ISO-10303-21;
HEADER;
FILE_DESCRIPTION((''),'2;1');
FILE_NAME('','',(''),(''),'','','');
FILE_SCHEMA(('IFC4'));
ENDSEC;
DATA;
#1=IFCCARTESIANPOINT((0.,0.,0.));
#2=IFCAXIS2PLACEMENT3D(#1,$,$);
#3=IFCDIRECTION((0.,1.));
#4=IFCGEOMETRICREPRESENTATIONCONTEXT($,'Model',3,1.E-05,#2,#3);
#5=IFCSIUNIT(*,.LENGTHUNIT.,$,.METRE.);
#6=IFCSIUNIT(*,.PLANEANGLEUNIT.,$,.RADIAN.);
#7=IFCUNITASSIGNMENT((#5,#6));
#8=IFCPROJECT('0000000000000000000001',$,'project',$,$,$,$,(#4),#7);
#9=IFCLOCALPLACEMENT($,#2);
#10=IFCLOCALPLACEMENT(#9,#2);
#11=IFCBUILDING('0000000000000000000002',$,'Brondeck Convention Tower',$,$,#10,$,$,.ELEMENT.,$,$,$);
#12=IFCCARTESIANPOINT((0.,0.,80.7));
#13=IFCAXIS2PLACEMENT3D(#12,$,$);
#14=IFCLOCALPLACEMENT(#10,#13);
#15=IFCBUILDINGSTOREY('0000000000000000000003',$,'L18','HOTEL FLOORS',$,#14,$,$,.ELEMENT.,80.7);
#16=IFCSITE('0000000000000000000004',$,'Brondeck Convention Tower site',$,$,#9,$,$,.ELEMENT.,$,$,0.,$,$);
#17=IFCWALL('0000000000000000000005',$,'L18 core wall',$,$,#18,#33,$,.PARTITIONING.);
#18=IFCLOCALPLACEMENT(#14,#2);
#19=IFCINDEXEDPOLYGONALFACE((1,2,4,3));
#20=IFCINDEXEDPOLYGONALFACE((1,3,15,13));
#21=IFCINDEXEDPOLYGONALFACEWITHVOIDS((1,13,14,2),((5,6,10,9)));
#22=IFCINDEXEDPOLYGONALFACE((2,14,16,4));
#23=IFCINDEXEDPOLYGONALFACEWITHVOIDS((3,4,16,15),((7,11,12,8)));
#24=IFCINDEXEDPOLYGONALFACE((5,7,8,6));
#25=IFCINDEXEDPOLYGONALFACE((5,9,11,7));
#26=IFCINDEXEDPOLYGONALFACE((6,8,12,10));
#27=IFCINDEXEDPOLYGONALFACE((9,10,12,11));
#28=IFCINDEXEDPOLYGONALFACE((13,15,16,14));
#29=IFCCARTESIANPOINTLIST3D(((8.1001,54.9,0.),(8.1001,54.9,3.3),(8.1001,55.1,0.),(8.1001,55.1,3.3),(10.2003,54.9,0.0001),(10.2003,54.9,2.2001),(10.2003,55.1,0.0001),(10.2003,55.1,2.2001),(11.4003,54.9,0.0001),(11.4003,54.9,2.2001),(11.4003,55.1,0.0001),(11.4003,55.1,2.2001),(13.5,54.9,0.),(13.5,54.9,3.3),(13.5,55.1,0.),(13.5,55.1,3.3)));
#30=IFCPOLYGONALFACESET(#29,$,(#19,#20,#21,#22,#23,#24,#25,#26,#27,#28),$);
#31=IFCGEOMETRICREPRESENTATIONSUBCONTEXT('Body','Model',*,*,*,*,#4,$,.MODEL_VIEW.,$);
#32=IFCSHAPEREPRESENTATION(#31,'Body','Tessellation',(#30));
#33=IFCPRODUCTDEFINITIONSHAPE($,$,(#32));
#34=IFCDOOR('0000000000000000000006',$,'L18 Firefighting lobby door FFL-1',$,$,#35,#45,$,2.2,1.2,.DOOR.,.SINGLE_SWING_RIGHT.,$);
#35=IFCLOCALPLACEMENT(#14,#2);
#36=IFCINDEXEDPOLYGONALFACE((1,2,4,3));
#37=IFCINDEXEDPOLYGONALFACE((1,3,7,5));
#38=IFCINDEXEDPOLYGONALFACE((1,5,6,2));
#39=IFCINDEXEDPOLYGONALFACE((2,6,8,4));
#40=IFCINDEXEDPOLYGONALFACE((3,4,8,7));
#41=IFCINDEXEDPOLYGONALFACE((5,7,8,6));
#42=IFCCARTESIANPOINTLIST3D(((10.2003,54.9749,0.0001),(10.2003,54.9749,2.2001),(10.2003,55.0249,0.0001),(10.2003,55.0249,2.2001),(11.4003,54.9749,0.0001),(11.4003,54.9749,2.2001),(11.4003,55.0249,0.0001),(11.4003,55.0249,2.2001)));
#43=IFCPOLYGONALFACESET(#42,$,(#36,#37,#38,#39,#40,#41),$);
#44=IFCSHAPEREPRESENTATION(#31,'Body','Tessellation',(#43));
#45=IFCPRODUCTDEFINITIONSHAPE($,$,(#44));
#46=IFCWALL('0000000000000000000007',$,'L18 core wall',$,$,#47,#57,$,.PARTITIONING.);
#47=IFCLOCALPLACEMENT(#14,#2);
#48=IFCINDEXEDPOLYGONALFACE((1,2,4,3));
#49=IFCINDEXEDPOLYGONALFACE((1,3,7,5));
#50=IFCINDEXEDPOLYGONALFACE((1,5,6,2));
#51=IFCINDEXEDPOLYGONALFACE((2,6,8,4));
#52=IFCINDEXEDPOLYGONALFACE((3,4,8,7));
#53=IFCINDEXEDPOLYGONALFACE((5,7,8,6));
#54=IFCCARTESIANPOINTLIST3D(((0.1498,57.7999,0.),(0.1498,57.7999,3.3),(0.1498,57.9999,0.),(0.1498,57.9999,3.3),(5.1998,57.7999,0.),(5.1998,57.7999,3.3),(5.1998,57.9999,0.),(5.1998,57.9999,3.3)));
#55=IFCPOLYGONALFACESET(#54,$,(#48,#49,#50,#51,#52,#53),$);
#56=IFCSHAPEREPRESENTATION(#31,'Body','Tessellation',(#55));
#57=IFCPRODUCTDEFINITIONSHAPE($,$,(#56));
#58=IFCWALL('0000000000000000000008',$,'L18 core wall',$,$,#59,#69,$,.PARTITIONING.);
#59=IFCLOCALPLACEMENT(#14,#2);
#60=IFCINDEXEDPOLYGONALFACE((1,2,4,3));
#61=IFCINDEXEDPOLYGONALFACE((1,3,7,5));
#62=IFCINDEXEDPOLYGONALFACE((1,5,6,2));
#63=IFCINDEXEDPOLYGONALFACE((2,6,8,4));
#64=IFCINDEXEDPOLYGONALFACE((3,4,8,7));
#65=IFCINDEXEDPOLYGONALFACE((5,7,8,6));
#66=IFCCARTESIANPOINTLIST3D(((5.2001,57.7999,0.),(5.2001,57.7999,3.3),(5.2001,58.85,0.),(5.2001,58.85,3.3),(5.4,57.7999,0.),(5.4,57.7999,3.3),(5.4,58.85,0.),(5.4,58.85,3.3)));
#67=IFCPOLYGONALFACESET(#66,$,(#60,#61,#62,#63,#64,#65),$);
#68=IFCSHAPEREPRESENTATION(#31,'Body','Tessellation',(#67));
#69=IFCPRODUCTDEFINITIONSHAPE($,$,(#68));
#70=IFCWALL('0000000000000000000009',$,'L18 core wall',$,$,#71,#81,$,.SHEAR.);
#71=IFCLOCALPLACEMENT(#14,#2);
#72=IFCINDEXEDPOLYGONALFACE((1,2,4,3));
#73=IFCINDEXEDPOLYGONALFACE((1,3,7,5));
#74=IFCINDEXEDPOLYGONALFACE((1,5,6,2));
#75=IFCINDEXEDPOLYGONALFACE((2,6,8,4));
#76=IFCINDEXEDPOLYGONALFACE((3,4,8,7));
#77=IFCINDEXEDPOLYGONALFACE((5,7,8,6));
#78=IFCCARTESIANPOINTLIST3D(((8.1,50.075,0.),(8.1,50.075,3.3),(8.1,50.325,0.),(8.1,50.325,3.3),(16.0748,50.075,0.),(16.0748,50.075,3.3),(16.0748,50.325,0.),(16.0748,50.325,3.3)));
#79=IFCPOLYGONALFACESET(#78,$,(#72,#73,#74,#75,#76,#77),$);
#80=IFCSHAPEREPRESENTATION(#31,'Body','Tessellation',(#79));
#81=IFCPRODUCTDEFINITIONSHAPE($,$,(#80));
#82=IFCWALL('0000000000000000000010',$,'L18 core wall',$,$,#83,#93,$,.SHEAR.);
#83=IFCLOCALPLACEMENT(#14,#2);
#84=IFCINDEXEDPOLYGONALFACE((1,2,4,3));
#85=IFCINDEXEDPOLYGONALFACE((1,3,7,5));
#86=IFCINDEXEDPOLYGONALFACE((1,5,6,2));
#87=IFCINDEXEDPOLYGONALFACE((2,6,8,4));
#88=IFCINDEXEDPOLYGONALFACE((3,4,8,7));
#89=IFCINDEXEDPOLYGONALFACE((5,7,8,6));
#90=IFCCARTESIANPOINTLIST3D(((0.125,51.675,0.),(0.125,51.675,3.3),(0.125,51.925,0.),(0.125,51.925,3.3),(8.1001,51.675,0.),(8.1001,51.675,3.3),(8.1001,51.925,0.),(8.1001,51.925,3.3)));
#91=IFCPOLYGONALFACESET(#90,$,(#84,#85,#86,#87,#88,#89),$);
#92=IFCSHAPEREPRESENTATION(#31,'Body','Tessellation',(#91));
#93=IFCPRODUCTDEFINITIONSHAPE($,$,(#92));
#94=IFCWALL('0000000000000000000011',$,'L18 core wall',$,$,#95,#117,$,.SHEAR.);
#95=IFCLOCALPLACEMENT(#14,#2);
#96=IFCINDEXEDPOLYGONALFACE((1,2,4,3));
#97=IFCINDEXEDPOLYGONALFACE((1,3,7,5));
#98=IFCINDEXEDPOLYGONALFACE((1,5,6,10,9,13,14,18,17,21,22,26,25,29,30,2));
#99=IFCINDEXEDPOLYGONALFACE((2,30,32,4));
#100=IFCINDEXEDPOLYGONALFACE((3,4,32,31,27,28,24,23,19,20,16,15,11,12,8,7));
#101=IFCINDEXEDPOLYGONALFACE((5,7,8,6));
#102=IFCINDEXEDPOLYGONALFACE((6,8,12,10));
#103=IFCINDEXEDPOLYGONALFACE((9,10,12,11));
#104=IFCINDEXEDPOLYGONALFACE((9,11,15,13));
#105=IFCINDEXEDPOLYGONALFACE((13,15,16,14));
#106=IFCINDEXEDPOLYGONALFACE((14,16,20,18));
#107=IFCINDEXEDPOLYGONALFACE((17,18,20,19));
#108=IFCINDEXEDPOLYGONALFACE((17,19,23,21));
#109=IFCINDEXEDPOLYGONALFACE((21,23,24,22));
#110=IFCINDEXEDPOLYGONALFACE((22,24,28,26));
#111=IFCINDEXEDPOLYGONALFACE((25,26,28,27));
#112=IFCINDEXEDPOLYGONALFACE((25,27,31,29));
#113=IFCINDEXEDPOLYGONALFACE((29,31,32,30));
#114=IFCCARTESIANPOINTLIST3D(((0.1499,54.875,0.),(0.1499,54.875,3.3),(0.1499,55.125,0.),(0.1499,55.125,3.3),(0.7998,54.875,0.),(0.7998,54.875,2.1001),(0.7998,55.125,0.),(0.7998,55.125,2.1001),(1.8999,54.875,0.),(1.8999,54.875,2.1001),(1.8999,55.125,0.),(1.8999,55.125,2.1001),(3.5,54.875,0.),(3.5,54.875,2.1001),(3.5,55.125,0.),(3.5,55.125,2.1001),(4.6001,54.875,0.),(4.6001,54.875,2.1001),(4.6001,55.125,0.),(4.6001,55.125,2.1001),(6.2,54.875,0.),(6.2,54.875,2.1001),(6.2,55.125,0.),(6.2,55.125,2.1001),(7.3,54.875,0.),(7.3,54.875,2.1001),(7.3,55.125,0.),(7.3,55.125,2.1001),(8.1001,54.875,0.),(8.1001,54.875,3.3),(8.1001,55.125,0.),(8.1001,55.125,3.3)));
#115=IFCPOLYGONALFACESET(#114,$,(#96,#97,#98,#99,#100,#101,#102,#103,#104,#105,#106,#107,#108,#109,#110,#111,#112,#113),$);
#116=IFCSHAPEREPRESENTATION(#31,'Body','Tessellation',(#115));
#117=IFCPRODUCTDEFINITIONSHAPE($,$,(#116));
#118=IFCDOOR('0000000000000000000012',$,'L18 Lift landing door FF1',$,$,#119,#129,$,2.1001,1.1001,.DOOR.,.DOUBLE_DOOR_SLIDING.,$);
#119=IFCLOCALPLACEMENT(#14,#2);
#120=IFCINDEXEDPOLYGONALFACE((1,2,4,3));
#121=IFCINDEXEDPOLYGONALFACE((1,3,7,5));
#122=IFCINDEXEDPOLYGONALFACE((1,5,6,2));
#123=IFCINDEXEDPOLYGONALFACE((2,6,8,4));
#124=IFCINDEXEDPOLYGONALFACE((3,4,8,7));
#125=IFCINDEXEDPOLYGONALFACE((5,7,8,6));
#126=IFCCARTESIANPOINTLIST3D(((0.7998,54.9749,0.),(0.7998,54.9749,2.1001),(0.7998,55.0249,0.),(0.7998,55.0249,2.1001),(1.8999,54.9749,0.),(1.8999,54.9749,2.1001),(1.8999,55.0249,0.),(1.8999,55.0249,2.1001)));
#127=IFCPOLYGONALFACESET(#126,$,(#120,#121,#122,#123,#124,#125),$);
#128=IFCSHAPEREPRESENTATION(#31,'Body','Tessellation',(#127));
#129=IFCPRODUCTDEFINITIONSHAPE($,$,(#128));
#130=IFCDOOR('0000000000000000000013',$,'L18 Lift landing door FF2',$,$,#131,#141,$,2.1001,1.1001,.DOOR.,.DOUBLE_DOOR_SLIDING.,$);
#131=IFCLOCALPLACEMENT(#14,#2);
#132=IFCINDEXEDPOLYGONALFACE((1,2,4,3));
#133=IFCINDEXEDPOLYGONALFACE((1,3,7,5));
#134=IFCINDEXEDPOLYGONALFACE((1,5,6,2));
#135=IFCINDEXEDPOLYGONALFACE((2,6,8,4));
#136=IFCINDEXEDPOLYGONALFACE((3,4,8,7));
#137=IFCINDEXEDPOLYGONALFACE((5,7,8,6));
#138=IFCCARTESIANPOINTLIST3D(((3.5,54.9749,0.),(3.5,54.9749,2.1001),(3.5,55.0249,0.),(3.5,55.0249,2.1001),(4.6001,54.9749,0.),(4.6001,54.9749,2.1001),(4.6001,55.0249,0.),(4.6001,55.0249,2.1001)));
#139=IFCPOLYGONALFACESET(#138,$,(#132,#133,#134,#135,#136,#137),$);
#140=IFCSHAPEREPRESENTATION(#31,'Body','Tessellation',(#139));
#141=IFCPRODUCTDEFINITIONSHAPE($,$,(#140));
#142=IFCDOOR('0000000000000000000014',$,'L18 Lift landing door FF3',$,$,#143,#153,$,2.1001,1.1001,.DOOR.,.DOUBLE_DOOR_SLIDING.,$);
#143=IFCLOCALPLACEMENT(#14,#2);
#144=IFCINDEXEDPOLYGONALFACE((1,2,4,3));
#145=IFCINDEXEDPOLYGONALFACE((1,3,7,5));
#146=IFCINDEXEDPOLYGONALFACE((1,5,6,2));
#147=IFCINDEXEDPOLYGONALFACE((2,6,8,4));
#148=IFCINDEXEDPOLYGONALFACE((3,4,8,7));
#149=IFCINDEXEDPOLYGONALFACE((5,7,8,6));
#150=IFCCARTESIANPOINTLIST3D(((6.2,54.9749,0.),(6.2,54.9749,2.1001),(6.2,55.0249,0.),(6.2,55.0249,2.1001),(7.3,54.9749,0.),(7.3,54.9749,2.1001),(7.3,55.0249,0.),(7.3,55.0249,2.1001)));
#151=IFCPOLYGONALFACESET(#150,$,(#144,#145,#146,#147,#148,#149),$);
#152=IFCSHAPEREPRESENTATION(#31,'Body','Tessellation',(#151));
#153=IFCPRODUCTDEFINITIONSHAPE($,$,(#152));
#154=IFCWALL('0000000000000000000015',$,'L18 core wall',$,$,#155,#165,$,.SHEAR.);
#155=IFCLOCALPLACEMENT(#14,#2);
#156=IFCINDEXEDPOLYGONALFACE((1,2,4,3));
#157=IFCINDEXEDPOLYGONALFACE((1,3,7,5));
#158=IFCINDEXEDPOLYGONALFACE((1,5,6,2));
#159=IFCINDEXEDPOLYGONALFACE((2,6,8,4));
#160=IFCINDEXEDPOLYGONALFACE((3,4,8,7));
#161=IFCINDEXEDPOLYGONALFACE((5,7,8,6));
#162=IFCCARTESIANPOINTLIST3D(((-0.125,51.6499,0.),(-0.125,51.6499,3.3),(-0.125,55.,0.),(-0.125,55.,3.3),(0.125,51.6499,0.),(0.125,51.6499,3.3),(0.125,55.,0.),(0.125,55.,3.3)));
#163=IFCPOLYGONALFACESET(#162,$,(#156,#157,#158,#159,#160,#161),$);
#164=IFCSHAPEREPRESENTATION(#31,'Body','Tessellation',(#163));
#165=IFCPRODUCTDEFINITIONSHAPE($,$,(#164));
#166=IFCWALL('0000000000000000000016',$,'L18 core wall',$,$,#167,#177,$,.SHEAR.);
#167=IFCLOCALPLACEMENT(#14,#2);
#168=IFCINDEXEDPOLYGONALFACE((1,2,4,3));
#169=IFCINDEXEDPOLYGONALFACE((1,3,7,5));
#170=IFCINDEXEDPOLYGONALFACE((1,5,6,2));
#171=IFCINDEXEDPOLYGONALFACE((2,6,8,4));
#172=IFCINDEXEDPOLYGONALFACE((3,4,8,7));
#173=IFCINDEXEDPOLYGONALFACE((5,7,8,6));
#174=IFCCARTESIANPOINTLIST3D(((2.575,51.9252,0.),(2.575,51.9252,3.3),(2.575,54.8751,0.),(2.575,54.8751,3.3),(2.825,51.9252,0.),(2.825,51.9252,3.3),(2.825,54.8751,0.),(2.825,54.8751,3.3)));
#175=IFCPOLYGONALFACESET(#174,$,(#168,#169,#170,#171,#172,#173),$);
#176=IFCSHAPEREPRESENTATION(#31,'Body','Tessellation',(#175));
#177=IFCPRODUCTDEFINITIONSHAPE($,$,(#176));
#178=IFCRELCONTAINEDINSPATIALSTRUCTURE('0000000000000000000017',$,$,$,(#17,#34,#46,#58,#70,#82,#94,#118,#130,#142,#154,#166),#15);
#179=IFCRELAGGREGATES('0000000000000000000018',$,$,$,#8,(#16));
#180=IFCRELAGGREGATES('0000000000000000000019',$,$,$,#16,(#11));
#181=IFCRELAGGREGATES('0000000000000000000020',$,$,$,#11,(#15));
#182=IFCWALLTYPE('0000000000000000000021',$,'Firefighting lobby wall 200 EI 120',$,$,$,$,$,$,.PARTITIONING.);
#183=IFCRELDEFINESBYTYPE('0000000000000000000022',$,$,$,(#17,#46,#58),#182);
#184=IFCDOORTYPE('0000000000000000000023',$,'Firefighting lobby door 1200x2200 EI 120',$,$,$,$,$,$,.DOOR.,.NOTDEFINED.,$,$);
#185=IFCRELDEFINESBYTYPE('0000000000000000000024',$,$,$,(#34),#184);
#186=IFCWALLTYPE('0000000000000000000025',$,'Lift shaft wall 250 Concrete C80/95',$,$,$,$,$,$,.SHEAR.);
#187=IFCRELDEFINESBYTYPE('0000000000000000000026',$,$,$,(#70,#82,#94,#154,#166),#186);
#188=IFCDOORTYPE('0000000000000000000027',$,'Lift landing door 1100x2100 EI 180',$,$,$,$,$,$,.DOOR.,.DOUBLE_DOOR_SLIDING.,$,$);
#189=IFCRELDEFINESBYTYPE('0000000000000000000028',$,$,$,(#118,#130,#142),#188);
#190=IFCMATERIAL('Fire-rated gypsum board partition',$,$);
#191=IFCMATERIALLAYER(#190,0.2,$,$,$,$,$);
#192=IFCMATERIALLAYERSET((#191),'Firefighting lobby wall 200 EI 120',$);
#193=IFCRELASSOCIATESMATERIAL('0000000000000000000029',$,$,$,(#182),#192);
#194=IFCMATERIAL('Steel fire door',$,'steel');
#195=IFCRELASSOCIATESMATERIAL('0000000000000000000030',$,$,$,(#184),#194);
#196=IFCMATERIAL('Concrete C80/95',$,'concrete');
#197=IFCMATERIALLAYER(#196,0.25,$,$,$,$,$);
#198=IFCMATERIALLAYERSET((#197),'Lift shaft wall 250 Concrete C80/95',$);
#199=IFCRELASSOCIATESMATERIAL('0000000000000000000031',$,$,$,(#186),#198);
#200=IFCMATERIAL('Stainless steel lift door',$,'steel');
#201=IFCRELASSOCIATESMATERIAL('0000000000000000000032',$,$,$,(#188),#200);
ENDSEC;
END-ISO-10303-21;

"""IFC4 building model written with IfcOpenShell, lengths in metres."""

from ifc_helpers import new_model, si_unit, direction, frame, frame_2d, origin, place, context, subcontext, project, spatial, rectangle, extrude, material, layer, layer_set, type_object, element, fill, save


model = new_model("IFC4")

# Units and contexts
model_context = context("Model", 3, precision=1e-05, world=origin(), true_north=direction((0.0, 1.0)))
body_context = subcontext(model_context, "Body", "Model", "MODEL_VIEW")
ifc_project = project(units=[si_unit("LENGTHUNIT", "METRE"), si_unit("PLANEANGLEUNIT", "RADIAN")], contexts=[model_context])

# Site, building, storey
site_placement = place(None, origin())
site = spatial("IfcSite", under=ifc_project, at=site_placement, Name="Brondeck Convention Tower site", CompositionType="ELEMENT", RefElevation=0.0)
building_placement = place(site_placement, origin())
building = spatial("IfcBuilding", under=site, at=building_placement, Name="Brondeck Convention Tower", CompositionType="ELEMENT")
storey_placement = place(building_placement, frame((0.0, 0.0, 80.7)))
storey = spatial("IfcBuildingStorey", under=building, at=storey_placement, Name="L18", Description="HOTEL FLOORS", CompositionType="ELEMENT", Elevation=80.7)

# Shared definitions
ifc_material_1 = material(Name="Concrete C80/95", Category="concrete")

# Shared definitions
ifc_material_2 = material(Name="Fire-rated gypsum board partition")

# Wall, opening, door
ifc_layer_1 = layer(ifc_material_2, 0.2)
ifc_layer_set_1 = layer_set([ifc_layer_1], Name="Firefighting lobby wall 200 EI 120")
wall_type_1 = type_object("IfcWallType", Name="Firefighting lobby wall 200 EI 120", PredefinedType="PARTITIONING", material=ifc_layer_set_1)
wall_1_placement = place(storey_placement, frame((8.1001, 55.0, 0.0), z_axis=(0.0, 0.0, 1.0), x_axis=(1.0, 0.0, 0.0)))
wall_1 = element("IfcWall", 1, at=wall_1_placement, inside=storey, type_object=wall_type_1, Name="L18 core wall", PredefinedType="PARTITIONING", context=body_context, shape_type="SweptSolid", body=[
    extrude(rectangle(XDim=5.3999, YDim=0.2, at=frame_2d((2.7, 0.0))), origin(), (0.0, 0.0, 1.0), 3.3),
])
opening_1_placement = place(wall_1_placement, frame((2.1001, 0.0, 0.0)))
opening_1 = element("IfcOpeningElement", 2, at=opening_1_placement, cuts=wall_1, PredefinedType="OPENING", context=body_context, shape_type="SweptSolid", body=[
    extrude(rectangle(XDim=1.2, YDim=2.2, at=frame_2d((0.6001, 1.1001))), frame((0.0, 0.1099, 0.0), z_axis=(0.0, -1.0, 0.0), x_axis=(1.0, 0.0, 0.0)), (0.0, 0.0, 1.0), 0.22),
])
ifc_material_3 = material(Name="Steel fire door", Category="steel")
door_type_1 = type_object("IfcDoorType", Name="Firefighting lobby door 1200x2200 EI 120", OperationType="NOTDEFINED", PredefinedType="DOOR", material=ifc_material_3)
door_1_placement = place(opening_1_placement, origin())
door_1 = element("IfcDoor", 3, at=door_1_placement, inside=storey, type_object=door_type_1, Name="L18 Firefighting lobby door FFL-1", OperationType="SINGLE_SWING_RIGHT", OverallHeight=2.2, OverallWidth=1.2, PredefinedType="DOOR", context=body_context, shape_type="SweptSolid", body=[
    extrude(rectangle(XDim=1.2, YDim=2.2, at=frame_2d((0.6001, 1.1001))), frame((0.0, 0.0249, 0.0), z_axis=(0.0, -1.0, 0.0), x_axis=(1.0, 0.0, 0.0)), (0.0, 0.0, 1.0), 0.05),
])
fill(opening_1, door_1)

# Walls
wall_2_placement = place(storey_placement, frame((0.1499, 57.8999, 0.0), z_axis=(0.0, 0.0, 1.0), x_axis=(1.0, 0.0, 0.0)))
element("IfcWall", 4, at=wall_2_placement, inside=storey, type_object=wall_type_1, Name="L18 core wall", PredefinedType="PARTITIONING", context=body_context, shape_type="SweptSolid", body=[
    extrude(rectangle(XDim=5.05, YDim=0.2, at=frame_2d((2.5249, 0.0))), origin(), (0.0, 0.0, 1.0), 3.3),
])
wall_3_placement = place(storey_placement, frame((5.3, 57.8, 0.0), z_axis=(0.0, 0.0, 1.0), x_axis=(0.0, 1.0, 0.0)))
element("IfcWall", 5, at=wall_3_placement, inside=storey, type_object=wall_type_1, Name="L18 core wall", PredefinedType="PARTITIONING", context=body_context, shape_type="SweptSolid", body=[
    extrude(rectangle(XDim=1.05, YDim=0.2, at=frame_2d((0.5249, 0.0))), origin(), (0.0, 0.0, 1.0), 3.3),
])
ifc_layer_2 = layer(ifc_material_1, 0.25)
ifc_layer_set_2 = layer_set([ifc_layer_2], Name="Lift shaft wall 250 Concrete C80/95")
wall_type_2 = type_object("IfcWallType", Name="Lift shaft wall 250 Concrete C80/95", PredefinedType="SHEAR", material=ifc_layer_set_2)
wall_4_placement = place(storey_placement, frame((8.1001, 50.2, 0.0), z_axis=(0.0, 0.0, 1.0), x_axis=(1.0, 0.0, 0.0)))
element("IfcWall", 6, at=wall_4_placement, inside=storey, type_object=wall_type_2, Name="L18 core wall", PredefinedType="SHEAR", context=body_context, shape_type="SweptSolid", body=[
    extrude(rectangle(XDim=7.9749, YDim=0.25, at=frame_2d((3.9873, 0.0))), origin(), (0.0, 0.0, 1.0), 3.3),
])
wall_5_placement = place(storey_placement, frame((0.125, 51.8, 0.0), z_axis=(0.0, 0.0, 1.0), x_axis=(1.0, 0.0, 0.0)))
element("IfcWall", 7, at=wall_5_placement, inside=storey, type_object=wall_type_2, Name="L18 core wall", PredefinedType="SHEAR", context=body_context, shape_type="SweptSolid", body=[
    extrude(rectangle(XDim=7.9751, YDim=0.25, at=frame_2d((3.9875, 0.0))), origin(), (0.0, 0.0, 1.0), 3.3),
])

# Wall, openings, doors
wall_6_placement = place(storey_placement, frame((0.1499, 55.0, 0.0), z_axis=(0.0, 0.0, 1.0), x_axis=(1.0, 0.0, 0.0)))
wall_6 = element("IfcWall", 8, at=wall_6_placement, inside=storey, type_object=wall_type_2, Name="L18 core wall", PredefinedType="SHEAR", context=body_context, shape_type="SweptSolid", body=[
    extrude(rectangle(XDim=7.9502, YDim=0.25, at=frame_2d((3.9751, 0.0))), origin(), (0.0, 0.0, 1.0), 3.3),
])
opening_2_placement = place(wall_6_placement, frame((0.6499, 0.0, 0.0)))
opening_2 = element("IfcOpeningElement", 9, at=opening_2_placement, cuts=wall_6, PredefinedType="OPENING", context=body_context, shape_type="SweptSolid", body=[
    extrude(rectangle(XDim=1.1001, YDim=2.1001, at=frame_2d((0.55, 1.05))), frame((0.0, 0.135, 0.0), z_axis=(0.0, -1.0, 0.0), x_axis=(1.0, 0.0, 0.0)), (0.0, 0.0, 1.0), 0.27),
])
opening_3_placement = place(wall_6_placement, frame((3.3501, 0.0, 0.0)))
opening_3 = element("IfcOpeningElement", 10, at=opening_3_placement, cuts=wall_6, PredefinedType="OPENING", context=body_context, shape_type="SweptSolid", body=[
    extrude(rectangle(XDim=1.1001, YDim=2.1001, at=frame_2d((0.55, 1.05))), frame((0.0, 0.135, 0.0), z_axis=(0.0, -1.0, 0.0), x_axis=(1.0, 0.0, 0.0)), (0.0, 0.0, 1.0), 0.27),
])
opening_4_placement = place(wall_6_placement, frame((6.05, 0.0, 0.0)))
opening_4 = element("IfcOpeningElement", 11, at=opening_4_placement, cuts=wall_6, PredefinedType="OPENING", context=body_context, shape_type="SweptSolid", body=[
    extrude(rectangle(XDim=1.1001, YDim=2.1001, at=frame_2d((0.55, 1.05))), frame((0.0, 0.135, 0.0), z_axis=(0.0, -1.0, 0.0), x_axis=(1.0, 0.0, 0.0)), (0.0, 0.0, 1.0), 0.27),
])
ifc_material_4 = material(Name="Stainless steel lift door", Category="steel")
door_type_2 = type_object("IfcDoorType", Name="Lift landing door 1100x2100 EI 180", OperationType="DOUBLE_DOOR_SLIDING", PredefinedType="DOOR", material=ifc_material_4)
door_2_placement = place(opening_2_placement, origin())
door_2 = element("IfcDoor", 12, at=door_2_placement, inside=storey, type_object=door_type_2, Name="L18 Lift landing door FF1", OperationType="DOUBLE_DOOR_SLIDING", OverallHeight=2.1001, OverallWidth=1.1001, PredefinedType="DOOR", context=body_context, shape_type="SweptSolid", body=[
    extrude(rectangle(XDim=1.1001, YDim=2.1001, at=frame_2d((0.55, 1.05))), frame((0.0, 0.0249, 0.0), z_axis=(0.0, -1.0, 0.0), x_axis=(1.0, 0.0, 0.0)), (0.0, 0.0, 1.0), 0.05),
])
fill(opening_2, door_2)
door_3_placement = place(opening_3_placement, origin())
door_3 = element("IfcDoor", 13, at=door_3_placement, inside=storey, type_object=door_type_2, Name="L18 Lift landing door FF2", OperationType="DOUBLE_DOOR_SLIDING", OverallHeight=2.1001, OverallWidth=1.1001, PredefinedType="DOOR", context=body_context, shape_type="SweptSolid", body=[
    extrude(rectangle(XDim=1.1001, YDim=2.1001, at=frame_2d((0.55, 1.05))), frame((0.0, 0.0249, 0.0), z_axis=(0.0, -1.0, 0.0), x_axis=(1.0, 0.0, 0.0)), (0.0, 0.0, 1.0), 0.05),
])
fill(opening_3, door_3)
door_4_placement = place(opening_4_placement, origin())
door_4 = element("IfcDoor", 14, at=door_4_placement, inside=storey, type_object=door_type_2, Name="L18 Lift landing door FF3", OperationType="DOUBLE_DOOR_SLIDING", OverallHeight=2.1001, OverallWidth=1.1001, PredefinedType="DOOR", context=body_context, shape_type="SweptSolid", body=[
    extrude(rectangle(XDim=1.1001, YDim=2.1001, at=frame_2d((0.55, 1.05))), frame((0.0, 0.0249, 0.0), z_axis=(0.0, -1.0, 0.0), x_axis=(1.0, 0.0, 0.0)), (0.0, 0.0, 1.0), 0.05),
])
fill(opening_4, door_4)

# Walls
wall_7_placement = place(storey_placement, frame((0.0, 51.6499, 0.0), z_axis=(0.0, 0.0, 1.0), x_axis=(0.0, 1.0, 0.0)))
element("IfcWall", 15, at=wall_7_placement, inside=storey, type_object=wall_type_2, Name="L18 core wall", PredefinedType="SHEAR", context=body_context, shape_type="SweptSolid", body=[
    extrude(rectangle(XDim=3.3501, YDim=0.25, at=frame_2d((1.675, 0.0))), origin(), (0.0, 0.0, 1.0), 3.3),
])
for number, where, z_axis, x_axis, name in (
    (16, (2.7, 51.925, 0.0), (0.0, 0.0, 1.0), (0.0, 1.0, 0.0), "L18 core wall"),
):
    element("IfcWall", number, at=place(storey_placement, frame(where, z_axis=z_axis, x_axis=x_axis)), inside=storey, type_object=wall_type_2, Name=name, PredefinedType="SHEAR", context=body_context, shape_type="SweptSolid", body=[
        extrude(rectangle(XDim=2.95, YDim=0.25, at=frame_2d((1.4751, 0.0))), origin(), (0.0, 0.0, 1.0), 3.3),
    ])

save(model, "model.ifc")
